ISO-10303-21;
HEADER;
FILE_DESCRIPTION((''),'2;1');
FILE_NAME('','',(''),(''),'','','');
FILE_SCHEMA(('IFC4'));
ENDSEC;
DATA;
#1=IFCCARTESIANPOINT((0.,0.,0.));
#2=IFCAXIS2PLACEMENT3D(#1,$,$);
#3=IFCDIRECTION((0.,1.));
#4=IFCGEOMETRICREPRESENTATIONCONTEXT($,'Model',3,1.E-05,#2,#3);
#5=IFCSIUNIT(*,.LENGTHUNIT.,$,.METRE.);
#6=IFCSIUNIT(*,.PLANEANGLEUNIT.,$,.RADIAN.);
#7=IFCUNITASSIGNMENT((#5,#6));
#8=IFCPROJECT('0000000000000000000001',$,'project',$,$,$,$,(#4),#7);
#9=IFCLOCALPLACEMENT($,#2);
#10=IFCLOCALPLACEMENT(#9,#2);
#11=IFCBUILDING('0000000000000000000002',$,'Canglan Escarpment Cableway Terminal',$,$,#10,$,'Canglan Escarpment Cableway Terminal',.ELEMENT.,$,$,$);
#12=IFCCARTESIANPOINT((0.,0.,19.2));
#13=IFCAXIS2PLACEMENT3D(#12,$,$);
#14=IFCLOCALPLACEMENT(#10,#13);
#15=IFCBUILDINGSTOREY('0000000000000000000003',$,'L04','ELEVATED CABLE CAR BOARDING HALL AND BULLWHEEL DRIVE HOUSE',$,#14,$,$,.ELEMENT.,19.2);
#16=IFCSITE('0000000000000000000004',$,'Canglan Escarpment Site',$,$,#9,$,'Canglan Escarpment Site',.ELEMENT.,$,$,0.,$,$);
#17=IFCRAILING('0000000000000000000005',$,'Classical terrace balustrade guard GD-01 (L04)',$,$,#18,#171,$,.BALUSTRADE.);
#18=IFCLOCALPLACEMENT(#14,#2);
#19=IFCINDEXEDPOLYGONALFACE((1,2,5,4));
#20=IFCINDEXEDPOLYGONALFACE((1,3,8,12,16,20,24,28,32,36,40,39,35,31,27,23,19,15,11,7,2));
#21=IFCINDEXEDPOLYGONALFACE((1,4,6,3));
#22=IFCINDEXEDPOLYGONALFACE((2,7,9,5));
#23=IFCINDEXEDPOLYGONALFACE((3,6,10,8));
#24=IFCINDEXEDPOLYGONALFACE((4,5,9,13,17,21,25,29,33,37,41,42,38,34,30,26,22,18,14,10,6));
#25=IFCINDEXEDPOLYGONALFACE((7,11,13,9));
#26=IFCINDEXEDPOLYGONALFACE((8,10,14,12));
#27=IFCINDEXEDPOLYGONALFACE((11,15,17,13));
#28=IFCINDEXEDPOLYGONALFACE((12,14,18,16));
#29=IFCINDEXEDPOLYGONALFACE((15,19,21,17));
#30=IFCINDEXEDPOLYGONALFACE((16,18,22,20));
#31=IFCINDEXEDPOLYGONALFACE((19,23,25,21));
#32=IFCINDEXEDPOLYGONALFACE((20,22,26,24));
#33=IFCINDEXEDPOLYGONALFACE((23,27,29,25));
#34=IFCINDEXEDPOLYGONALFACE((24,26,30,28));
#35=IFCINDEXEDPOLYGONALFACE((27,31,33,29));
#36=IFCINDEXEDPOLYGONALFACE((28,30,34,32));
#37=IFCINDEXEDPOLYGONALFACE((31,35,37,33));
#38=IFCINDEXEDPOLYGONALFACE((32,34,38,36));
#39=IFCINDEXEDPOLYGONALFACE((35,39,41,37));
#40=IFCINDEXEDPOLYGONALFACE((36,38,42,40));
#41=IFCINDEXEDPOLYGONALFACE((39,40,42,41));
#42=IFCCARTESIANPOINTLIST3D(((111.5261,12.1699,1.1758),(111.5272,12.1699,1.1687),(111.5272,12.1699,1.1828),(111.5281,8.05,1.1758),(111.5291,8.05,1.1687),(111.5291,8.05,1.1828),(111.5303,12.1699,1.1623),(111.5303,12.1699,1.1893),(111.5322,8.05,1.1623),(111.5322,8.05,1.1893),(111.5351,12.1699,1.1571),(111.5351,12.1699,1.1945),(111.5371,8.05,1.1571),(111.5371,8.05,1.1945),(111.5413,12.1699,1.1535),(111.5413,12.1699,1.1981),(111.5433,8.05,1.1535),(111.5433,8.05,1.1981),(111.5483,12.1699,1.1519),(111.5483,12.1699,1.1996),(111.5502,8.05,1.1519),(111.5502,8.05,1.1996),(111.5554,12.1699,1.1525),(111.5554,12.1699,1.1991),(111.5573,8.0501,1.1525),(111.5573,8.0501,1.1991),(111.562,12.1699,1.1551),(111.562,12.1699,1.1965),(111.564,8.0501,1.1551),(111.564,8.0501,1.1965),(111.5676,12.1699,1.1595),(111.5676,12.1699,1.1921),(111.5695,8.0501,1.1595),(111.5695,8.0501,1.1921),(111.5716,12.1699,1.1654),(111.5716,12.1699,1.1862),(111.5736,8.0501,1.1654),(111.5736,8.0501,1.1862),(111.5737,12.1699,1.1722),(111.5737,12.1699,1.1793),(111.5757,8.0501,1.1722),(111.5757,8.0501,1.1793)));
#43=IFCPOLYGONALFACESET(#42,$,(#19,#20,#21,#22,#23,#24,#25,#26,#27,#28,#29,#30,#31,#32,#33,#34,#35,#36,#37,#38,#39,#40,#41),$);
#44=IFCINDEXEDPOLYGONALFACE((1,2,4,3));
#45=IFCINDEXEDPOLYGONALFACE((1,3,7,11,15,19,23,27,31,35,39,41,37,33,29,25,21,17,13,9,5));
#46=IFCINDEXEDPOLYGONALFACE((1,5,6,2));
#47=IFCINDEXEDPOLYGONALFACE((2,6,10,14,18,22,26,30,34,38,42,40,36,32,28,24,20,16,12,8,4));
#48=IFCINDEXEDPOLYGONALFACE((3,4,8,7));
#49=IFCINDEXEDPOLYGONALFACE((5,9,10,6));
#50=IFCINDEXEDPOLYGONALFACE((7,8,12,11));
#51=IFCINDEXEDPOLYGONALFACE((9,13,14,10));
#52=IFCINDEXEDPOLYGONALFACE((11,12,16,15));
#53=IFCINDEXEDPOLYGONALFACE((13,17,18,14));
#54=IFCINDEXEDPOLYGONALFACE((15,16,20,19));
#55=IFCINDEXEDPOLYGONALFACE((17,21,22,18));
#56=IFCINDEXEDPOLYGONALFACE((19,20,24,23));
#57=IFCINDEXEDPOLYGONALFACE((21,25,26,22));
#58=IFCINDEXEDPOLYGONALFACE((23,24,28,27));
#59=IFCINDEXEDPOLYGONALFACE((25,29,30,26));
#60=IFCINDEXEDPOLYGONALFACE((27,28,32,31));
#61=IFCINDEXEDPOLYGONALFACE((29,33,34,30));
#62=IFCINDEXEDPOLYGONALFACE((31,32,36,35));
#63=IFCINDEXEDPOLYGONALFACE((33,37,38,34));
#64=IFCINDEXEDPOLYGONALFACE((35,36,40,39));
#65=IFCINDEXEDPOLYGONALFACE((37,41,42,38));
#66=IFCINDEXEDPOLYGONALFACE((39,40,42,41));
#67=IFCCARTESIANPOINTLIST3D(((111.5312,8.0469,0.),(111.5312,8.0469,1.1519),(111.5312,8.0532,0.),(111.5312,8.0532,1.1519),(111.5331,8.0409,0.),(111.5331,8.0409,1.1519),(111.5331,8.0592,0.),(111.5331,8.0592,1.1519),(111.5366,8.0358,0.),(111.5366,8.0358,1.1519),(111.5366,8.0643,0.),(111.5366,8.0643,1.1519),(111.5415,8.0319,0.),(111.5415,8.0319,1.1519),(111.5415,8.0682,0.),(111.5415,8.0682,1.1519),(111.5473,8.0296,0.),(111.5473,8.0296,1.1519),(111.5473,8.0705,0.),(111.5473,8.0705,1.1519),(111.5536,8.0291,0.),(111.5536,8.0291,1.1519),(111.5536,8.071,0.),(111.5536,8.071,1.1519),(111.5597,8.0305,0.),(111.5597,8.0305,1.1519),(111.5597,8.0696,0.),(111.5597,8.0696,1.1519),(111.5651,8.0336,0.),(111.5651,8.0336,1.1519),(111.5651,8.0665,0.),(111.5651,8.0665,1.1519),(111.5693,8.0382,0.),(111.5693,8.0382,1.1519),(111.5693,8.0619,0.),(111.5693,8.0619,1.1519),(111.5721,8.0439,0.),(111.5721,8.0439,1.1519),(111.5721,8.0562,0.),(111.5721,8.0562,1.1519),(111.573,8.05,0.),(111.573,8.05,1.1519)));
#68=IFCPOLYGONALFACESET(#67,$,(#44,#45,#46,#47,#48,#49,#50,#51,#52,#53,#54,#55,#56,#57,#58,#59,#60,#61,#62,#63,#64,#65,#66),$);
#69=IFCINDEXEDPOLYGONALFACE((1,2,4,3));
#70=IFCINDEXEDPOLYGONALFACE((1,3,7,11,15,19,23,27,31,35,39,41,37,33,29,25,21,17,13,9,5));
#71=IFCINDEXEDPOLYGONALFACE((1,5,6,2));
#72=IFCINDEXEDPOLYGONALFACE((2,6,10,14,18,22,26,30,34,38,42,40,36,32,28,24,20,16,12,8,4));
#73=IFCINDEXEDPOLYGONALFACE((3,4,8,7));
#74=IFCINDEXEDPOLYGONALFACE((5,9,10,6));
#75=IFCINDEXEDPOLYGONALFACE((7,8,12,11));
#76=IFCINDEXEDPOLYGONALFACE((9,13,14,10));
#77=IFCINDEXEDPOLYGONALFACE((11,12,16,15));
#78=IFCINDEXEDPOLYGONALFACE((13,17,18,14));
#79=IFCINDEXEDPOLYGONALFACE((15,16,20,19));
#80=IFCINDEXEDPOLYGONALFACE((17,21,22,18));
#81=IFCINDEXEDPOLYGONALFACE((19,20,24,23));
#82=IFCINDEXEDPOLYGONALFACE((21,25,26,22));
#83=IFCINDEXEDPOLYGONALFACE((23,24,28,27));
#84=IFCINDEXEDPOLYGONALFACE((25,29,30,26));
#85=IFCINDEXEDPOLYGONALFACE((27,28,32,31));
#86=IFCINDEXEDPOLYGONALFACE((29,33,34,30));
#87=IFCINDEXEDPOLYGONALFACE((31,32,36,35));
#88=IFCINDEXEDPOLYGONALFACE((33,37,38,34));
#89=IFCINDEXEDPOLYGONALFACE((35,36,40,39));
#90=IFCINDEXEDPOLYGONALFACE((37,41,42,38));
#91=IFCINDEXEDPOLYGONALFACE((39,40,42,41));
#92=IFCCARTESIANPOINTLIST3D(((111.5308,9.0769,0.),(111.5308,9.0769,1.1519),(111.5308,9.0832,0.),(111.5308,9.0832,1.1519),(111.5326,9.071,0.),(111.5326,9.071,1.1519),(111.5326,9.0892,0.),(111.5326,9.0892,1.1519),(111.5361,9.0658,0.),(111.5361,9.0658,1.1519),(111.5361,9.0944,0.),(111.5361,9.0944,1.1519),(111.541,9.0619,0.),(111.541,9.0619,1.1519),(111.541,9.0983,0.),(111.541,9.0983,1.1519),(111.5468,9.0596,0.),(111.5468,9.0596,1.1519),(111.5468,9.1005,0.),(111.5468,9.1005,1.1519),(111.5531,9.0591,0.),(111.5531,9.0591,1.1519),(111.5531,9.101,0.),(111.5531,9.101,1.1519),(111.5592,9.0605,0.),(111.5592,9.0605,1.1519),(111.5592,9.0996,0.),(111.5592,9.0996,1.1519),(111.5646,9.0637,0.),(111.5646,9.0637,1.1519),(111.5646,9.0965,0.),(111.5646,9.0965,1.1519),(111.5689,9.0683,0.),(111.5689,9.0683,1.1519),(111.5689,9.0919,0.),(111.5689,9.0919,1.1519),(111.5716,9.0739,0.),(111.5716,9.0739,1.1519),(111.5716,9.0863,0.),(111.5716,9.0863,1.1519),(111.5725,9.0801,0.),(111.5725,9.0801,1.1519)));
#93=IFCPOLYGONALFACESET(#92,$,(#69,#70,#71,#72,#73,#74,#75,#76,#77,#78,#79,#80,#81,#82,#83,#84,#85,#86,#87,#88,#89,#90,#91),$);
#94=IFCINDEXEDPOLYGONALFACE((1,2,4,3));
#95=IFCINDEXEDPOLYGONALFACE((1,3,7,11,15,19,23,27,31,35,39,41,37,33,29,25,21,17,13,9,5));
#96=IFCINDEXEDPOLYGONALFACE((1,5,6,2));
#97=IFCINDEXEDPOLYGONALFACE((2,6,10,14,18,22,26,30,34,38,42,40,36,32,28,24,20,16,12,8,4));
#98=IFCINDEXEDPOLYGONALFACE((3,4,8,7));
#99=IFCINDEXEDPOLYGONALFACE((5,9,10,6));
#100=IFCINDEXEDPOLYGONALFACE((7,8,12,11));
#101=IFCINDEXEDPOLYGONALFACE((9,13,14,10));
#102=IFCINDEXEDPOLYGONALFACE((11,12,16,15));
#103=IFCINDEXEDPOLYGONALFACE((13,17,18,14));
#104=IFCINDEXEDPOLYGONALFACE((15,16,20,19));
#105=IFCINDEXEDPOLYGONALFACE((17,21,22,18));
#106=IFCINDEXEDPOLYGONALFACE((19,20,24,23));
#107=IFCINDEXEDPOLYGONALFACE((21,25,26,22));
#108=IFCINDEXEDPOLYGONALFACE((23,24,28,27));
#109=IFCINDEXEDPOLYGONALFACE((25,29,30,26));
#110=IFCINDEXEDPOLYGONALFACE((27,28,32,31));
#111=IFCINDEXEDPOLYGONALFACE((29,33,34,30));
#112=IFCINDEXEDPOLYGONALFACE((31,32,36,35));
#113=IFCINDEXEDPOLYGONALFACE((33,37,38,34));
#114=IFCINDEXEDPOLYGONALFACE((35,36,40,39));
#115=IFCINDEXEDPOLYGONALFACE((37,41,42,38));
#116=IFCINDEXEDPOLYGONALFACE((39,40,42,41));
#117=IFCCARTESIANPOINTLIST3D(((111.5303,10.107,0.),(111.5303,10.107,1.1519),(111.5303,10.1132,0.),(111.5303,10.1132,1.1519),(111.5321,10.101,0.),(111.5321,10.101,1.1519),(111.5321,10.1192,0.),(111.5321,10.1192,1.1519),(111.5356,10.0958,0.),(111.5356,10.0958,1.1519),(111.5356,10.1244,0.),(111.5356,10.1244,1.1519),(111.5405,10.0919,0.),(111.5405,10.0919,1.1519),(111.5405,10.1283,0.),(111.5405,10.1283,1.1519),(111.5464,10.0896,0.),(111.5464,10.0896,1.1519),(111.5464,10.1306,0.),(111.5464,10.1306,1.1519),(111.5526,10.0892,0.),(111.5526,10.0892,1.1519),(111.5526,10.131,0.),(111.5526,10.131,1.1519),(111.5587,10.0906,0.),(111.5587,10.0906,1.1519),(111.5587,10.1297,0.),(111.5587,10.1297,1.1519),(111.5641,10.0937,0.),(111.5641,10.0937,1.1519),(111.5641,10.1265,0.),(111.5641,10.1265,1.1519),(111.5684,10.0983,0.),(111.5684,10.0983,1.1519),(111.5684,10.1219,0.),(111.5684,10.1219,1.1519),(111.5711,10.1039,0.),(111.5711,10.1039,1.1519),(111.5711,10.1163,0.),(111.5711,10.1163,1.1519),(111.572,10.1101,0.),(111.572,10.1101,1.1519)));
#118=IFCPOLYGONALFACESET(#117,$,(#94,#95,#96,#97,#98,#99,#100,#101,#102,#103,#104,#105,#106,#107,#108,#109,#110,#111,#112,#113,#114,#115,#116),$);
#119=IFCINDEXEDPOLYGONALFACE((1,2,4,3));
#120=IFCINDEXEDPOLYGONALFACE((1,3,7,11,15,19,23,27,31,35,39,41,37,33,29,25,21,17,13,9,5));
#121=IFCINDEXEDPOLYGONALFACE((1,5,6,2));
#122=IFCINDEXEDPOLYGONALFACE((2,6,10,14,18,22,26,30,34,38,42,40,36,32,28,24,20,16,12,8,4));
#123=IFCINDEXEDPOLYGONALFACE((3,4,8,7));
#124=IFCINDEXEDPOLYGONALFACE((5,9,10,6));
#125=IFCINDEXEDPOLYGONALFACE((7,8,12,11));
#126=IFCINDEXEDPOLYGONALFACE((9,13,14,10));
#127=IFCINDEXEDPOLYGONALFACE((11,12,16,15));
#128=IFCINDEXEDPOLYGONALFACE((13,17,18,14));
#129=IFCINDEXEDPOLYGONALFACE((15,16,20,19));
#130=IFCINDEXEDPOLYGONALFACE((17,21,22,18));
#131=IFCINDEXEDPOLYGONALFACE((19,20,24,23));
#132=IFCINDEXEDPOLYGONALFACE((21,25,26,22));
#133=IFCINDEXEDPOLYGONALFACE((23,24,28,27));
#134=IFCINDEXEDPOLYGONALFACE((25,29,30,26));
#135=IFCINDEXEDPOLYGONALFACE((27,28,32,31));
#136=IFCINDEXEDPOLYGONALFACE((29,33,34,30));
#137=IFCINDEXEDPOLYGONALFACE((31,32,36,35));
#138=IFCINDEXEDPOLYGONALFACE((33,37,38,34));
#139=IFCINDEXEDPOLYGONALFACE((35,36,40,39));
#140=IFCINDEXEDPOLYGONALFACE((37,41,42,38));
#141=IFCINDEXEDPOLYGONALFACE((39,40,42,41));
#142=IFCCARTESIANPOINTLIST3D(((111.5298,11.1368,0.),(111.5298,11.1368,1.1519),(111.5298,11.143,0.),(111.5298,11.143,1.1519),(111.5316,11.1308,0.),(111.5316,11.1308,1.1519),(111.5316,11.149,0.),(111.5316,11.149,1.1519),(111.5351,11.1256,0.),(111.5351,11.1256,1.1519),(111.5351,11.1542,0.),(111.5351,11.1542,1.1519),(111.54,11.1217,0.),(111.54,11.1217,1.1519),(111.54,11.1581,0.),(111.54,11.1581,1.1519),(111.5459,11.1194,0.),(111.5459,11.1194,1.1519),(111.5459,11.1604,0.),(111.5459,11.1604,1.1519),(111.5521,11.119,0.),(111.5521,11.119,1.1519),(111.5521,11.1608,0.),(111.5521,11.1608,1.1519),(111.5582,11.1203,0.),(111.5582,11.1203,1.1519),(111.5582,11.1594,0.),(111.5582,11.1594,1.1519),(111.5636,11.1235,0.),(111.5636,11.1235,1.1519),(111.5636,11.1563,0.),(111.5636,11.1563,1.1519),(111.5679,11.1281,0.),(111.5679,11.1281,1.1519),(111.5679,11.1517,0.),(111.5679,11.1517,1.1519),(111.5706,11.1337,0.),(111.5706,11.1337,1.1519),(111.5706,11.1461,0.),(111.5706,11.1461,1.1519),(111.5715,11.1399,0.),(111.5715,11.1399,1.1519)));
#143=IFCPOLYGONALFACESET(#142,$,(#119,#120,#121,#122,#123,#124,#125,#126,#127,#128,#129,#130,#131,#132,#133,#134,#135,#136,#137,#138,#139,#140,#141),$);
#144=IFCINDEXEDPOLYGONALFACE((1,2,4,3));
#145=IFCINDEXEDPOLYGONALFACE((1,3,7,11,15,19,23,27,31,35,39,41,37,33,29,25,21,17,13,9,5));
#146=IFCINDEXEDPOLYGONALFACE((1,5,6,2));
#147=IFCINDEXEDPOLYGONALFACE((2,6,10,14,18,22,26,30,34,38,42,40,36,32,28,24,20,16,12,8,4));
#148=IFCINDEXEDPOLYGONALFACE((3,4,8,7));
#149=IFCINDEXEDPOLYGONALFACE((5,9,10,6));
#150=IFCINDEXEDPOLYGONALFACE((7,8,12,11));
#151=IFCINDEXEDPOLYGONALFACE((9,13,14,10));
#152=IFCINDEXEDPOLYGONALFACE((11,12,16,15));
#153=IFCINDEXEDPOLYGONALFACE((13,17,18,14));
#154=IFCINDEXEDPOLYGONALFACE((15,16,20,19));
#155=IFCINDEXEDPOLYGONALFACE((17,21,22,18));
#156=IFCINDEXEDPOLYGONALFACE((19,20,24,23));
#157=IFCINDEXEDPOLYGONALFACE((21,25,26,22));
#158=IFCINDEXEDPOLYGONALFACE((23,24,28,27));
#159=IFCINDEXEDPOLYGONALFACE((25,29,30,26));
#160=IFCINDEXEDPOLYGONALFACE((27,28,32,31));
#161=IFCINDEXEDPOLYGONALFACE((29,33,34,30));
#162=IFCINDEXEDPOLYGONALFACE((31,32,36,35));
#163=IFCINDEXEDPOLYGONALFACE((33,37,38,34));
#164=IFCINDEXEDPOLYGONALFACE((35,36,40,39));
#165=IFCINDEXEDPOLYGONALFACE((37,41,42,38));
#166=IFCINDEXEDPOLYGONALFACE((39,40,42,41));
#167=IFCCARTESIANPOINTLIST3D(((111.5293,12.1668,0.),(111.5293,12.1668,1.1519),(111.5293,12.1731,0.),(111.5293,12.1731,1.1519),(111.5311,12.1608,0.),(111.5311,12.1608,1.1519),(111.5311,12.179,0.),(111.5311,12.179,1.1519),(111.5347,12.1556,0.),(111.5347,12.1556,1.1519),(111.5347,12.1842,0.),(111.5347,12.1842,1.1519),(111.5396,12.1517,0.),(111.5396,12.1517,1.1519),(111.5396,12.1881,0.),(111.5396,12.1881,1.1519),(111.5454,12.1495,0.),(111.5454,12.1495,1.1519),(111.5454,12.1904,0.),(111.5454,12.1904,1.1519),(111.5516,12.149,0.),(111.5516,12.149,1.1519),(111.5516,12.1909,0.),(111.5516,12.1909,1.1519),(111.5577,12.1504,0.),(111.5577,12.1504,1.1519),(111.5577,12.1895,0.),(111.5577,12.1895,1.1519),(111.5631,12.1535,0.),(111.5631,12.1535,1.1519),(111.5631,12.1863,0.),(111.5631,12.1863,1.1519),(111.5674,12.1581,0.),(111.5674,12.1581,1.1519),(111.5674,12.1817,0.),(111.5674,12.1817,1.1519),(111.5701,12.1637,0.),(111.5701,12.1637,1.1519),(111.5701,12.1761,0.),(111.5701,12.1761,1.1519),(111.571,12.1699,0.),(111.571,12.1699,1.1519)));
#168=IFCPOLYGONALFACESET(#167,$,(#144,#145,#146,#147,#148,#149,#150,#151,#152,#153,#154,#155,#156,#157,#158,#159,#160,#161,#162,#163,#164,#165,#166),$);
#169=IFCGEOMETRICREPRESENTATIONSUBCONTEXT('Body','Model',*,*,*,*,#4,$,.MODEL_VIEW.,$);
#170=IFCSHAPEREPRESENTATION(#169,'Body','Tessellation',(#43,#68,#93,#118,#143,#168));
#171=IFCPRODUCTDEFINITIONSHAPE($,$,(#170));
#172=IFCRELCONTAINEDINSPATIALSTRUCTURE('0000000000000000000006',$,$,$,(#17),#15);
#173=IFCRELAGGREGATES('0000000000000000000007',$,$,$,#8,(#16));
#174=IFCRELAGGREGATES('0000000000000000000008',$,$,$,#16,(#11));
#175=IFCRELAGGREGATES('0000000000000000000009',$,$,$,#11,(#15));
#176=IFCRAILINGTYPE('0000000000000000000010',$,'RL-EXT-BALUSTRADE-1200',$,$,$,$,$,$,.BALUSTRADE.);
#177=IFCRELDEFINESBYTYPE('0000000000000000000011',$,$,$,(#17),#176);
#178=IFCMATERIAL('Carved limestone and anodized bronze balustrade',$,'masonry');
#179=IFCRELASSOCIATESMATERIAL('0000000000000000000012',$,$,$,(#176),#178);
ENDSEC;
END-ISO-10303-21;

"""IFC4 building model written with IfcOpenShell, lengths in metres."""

from ifc_helpers import new_model, si_unit, direction, frame, origin, origin_2d, place, context, subcontext, project, spatial, circle, extrude, material, type_object, element, save


model = new_model("IFC4")

# Units and contexts
model_context = context("Model", 3, precision=1e-05, world=origin(), true_north=direction((0.0, 1.0)))
body_context = subcontext(model_context, "Body", "Model", "MODEL_VIEW")
ifc_project = project(units=[si_unit("LENGTHUNIT", "METRE"), si_unit("PLANEANGLEUNIT", "RADIAN")], contexts=[model_context])

# Site, building, storey
site_placement = place(None, origin())
site = spatial("IfcSite", under=ifc_project, at=site_placement, Name="Canglan Escarpment Site", LongName="Canglan Escarpment Site", CompositionType="ELEMENT", RefElevation=0.0)
building_placement = place(site_placement, origin())
building = spatial("IfcBuilding", under=site, at=building_placement, Name="Canglan Escarpment Cableway Terminal", LongName="Canglan Escarpment Cableway Terminal", CompositionType="ELEMENT")
storey_placement = place(building_placement, frame((0.0, 0.0, 19.2)))
storey = spatial("IfcBuildingStorey", under=building, at=storey_placement, Name="L04", Description="ELEVATED CABLE CAR BOARDING HALL AND BULLWHEEL DRIVE HOUSE", CompositionType="ELEMENT", Elevation=19.2)

# Railing
ifc_material_1 = material(Name="Carved limestone and anodized bronze balustrade", Category="masonry")
railing_type = type_object("IfcRailingType", Name="RL-EXT-BALUSTRADE-1200", PredefinedType="BALUSTRADE", material=ifc_material_1)
railing_1_placement = place(storey_placement, frame((111.552, 8.05, 0.0)))
element("IfcRailing", 1, at=railing_1_placement, inside=storey, type_object=railing_type, Name="Classical terrace balustrade guard GD-01 (L04)", PredefinedType="BALUSTRADE", context=body_context, shape_type="SweptSolid", body=[
    extrude(circle(Radius=0.0239, at=origin_2d()), frame((0.0, 0.0, 1.1758), z_axis=(-0.000474, 1.0, 0.0), x_axis=(-1.0, -0.000474, 0.0)), (0.0, 0.0, 1.0), 4.1199),
    extrude(circle(Radius=0.021, at=origin_2d()), origin(), (0.0, 0.0, 1.0), 1.1519),
    extrude(circle(Radius=0.021, at=origin_2d()), frame((-0.0005, 1.03, 0.0)), (0.0, 0.0, 1.0), 1.1519),
    extrude(circle(Radius=0.021, at=origin_2d()), frame((-0.001, 2.0601, 0.0)), (0.0, 0.0, 1.0), 1.1519),
    extrude(circle(Radius=0.021, at=origin_2d()), frame((-0.0015, 3.0898, 0.0)), (0.0, 0.0, 1.0), 1.1519),
    extrude(circle(Radius=0.021, at=origin_2d()), frame((-0.002, 4.1199, 0.0)), (0.0, 0.0, 1.0), 1.1519),
])

save(model, "model.ifc")
